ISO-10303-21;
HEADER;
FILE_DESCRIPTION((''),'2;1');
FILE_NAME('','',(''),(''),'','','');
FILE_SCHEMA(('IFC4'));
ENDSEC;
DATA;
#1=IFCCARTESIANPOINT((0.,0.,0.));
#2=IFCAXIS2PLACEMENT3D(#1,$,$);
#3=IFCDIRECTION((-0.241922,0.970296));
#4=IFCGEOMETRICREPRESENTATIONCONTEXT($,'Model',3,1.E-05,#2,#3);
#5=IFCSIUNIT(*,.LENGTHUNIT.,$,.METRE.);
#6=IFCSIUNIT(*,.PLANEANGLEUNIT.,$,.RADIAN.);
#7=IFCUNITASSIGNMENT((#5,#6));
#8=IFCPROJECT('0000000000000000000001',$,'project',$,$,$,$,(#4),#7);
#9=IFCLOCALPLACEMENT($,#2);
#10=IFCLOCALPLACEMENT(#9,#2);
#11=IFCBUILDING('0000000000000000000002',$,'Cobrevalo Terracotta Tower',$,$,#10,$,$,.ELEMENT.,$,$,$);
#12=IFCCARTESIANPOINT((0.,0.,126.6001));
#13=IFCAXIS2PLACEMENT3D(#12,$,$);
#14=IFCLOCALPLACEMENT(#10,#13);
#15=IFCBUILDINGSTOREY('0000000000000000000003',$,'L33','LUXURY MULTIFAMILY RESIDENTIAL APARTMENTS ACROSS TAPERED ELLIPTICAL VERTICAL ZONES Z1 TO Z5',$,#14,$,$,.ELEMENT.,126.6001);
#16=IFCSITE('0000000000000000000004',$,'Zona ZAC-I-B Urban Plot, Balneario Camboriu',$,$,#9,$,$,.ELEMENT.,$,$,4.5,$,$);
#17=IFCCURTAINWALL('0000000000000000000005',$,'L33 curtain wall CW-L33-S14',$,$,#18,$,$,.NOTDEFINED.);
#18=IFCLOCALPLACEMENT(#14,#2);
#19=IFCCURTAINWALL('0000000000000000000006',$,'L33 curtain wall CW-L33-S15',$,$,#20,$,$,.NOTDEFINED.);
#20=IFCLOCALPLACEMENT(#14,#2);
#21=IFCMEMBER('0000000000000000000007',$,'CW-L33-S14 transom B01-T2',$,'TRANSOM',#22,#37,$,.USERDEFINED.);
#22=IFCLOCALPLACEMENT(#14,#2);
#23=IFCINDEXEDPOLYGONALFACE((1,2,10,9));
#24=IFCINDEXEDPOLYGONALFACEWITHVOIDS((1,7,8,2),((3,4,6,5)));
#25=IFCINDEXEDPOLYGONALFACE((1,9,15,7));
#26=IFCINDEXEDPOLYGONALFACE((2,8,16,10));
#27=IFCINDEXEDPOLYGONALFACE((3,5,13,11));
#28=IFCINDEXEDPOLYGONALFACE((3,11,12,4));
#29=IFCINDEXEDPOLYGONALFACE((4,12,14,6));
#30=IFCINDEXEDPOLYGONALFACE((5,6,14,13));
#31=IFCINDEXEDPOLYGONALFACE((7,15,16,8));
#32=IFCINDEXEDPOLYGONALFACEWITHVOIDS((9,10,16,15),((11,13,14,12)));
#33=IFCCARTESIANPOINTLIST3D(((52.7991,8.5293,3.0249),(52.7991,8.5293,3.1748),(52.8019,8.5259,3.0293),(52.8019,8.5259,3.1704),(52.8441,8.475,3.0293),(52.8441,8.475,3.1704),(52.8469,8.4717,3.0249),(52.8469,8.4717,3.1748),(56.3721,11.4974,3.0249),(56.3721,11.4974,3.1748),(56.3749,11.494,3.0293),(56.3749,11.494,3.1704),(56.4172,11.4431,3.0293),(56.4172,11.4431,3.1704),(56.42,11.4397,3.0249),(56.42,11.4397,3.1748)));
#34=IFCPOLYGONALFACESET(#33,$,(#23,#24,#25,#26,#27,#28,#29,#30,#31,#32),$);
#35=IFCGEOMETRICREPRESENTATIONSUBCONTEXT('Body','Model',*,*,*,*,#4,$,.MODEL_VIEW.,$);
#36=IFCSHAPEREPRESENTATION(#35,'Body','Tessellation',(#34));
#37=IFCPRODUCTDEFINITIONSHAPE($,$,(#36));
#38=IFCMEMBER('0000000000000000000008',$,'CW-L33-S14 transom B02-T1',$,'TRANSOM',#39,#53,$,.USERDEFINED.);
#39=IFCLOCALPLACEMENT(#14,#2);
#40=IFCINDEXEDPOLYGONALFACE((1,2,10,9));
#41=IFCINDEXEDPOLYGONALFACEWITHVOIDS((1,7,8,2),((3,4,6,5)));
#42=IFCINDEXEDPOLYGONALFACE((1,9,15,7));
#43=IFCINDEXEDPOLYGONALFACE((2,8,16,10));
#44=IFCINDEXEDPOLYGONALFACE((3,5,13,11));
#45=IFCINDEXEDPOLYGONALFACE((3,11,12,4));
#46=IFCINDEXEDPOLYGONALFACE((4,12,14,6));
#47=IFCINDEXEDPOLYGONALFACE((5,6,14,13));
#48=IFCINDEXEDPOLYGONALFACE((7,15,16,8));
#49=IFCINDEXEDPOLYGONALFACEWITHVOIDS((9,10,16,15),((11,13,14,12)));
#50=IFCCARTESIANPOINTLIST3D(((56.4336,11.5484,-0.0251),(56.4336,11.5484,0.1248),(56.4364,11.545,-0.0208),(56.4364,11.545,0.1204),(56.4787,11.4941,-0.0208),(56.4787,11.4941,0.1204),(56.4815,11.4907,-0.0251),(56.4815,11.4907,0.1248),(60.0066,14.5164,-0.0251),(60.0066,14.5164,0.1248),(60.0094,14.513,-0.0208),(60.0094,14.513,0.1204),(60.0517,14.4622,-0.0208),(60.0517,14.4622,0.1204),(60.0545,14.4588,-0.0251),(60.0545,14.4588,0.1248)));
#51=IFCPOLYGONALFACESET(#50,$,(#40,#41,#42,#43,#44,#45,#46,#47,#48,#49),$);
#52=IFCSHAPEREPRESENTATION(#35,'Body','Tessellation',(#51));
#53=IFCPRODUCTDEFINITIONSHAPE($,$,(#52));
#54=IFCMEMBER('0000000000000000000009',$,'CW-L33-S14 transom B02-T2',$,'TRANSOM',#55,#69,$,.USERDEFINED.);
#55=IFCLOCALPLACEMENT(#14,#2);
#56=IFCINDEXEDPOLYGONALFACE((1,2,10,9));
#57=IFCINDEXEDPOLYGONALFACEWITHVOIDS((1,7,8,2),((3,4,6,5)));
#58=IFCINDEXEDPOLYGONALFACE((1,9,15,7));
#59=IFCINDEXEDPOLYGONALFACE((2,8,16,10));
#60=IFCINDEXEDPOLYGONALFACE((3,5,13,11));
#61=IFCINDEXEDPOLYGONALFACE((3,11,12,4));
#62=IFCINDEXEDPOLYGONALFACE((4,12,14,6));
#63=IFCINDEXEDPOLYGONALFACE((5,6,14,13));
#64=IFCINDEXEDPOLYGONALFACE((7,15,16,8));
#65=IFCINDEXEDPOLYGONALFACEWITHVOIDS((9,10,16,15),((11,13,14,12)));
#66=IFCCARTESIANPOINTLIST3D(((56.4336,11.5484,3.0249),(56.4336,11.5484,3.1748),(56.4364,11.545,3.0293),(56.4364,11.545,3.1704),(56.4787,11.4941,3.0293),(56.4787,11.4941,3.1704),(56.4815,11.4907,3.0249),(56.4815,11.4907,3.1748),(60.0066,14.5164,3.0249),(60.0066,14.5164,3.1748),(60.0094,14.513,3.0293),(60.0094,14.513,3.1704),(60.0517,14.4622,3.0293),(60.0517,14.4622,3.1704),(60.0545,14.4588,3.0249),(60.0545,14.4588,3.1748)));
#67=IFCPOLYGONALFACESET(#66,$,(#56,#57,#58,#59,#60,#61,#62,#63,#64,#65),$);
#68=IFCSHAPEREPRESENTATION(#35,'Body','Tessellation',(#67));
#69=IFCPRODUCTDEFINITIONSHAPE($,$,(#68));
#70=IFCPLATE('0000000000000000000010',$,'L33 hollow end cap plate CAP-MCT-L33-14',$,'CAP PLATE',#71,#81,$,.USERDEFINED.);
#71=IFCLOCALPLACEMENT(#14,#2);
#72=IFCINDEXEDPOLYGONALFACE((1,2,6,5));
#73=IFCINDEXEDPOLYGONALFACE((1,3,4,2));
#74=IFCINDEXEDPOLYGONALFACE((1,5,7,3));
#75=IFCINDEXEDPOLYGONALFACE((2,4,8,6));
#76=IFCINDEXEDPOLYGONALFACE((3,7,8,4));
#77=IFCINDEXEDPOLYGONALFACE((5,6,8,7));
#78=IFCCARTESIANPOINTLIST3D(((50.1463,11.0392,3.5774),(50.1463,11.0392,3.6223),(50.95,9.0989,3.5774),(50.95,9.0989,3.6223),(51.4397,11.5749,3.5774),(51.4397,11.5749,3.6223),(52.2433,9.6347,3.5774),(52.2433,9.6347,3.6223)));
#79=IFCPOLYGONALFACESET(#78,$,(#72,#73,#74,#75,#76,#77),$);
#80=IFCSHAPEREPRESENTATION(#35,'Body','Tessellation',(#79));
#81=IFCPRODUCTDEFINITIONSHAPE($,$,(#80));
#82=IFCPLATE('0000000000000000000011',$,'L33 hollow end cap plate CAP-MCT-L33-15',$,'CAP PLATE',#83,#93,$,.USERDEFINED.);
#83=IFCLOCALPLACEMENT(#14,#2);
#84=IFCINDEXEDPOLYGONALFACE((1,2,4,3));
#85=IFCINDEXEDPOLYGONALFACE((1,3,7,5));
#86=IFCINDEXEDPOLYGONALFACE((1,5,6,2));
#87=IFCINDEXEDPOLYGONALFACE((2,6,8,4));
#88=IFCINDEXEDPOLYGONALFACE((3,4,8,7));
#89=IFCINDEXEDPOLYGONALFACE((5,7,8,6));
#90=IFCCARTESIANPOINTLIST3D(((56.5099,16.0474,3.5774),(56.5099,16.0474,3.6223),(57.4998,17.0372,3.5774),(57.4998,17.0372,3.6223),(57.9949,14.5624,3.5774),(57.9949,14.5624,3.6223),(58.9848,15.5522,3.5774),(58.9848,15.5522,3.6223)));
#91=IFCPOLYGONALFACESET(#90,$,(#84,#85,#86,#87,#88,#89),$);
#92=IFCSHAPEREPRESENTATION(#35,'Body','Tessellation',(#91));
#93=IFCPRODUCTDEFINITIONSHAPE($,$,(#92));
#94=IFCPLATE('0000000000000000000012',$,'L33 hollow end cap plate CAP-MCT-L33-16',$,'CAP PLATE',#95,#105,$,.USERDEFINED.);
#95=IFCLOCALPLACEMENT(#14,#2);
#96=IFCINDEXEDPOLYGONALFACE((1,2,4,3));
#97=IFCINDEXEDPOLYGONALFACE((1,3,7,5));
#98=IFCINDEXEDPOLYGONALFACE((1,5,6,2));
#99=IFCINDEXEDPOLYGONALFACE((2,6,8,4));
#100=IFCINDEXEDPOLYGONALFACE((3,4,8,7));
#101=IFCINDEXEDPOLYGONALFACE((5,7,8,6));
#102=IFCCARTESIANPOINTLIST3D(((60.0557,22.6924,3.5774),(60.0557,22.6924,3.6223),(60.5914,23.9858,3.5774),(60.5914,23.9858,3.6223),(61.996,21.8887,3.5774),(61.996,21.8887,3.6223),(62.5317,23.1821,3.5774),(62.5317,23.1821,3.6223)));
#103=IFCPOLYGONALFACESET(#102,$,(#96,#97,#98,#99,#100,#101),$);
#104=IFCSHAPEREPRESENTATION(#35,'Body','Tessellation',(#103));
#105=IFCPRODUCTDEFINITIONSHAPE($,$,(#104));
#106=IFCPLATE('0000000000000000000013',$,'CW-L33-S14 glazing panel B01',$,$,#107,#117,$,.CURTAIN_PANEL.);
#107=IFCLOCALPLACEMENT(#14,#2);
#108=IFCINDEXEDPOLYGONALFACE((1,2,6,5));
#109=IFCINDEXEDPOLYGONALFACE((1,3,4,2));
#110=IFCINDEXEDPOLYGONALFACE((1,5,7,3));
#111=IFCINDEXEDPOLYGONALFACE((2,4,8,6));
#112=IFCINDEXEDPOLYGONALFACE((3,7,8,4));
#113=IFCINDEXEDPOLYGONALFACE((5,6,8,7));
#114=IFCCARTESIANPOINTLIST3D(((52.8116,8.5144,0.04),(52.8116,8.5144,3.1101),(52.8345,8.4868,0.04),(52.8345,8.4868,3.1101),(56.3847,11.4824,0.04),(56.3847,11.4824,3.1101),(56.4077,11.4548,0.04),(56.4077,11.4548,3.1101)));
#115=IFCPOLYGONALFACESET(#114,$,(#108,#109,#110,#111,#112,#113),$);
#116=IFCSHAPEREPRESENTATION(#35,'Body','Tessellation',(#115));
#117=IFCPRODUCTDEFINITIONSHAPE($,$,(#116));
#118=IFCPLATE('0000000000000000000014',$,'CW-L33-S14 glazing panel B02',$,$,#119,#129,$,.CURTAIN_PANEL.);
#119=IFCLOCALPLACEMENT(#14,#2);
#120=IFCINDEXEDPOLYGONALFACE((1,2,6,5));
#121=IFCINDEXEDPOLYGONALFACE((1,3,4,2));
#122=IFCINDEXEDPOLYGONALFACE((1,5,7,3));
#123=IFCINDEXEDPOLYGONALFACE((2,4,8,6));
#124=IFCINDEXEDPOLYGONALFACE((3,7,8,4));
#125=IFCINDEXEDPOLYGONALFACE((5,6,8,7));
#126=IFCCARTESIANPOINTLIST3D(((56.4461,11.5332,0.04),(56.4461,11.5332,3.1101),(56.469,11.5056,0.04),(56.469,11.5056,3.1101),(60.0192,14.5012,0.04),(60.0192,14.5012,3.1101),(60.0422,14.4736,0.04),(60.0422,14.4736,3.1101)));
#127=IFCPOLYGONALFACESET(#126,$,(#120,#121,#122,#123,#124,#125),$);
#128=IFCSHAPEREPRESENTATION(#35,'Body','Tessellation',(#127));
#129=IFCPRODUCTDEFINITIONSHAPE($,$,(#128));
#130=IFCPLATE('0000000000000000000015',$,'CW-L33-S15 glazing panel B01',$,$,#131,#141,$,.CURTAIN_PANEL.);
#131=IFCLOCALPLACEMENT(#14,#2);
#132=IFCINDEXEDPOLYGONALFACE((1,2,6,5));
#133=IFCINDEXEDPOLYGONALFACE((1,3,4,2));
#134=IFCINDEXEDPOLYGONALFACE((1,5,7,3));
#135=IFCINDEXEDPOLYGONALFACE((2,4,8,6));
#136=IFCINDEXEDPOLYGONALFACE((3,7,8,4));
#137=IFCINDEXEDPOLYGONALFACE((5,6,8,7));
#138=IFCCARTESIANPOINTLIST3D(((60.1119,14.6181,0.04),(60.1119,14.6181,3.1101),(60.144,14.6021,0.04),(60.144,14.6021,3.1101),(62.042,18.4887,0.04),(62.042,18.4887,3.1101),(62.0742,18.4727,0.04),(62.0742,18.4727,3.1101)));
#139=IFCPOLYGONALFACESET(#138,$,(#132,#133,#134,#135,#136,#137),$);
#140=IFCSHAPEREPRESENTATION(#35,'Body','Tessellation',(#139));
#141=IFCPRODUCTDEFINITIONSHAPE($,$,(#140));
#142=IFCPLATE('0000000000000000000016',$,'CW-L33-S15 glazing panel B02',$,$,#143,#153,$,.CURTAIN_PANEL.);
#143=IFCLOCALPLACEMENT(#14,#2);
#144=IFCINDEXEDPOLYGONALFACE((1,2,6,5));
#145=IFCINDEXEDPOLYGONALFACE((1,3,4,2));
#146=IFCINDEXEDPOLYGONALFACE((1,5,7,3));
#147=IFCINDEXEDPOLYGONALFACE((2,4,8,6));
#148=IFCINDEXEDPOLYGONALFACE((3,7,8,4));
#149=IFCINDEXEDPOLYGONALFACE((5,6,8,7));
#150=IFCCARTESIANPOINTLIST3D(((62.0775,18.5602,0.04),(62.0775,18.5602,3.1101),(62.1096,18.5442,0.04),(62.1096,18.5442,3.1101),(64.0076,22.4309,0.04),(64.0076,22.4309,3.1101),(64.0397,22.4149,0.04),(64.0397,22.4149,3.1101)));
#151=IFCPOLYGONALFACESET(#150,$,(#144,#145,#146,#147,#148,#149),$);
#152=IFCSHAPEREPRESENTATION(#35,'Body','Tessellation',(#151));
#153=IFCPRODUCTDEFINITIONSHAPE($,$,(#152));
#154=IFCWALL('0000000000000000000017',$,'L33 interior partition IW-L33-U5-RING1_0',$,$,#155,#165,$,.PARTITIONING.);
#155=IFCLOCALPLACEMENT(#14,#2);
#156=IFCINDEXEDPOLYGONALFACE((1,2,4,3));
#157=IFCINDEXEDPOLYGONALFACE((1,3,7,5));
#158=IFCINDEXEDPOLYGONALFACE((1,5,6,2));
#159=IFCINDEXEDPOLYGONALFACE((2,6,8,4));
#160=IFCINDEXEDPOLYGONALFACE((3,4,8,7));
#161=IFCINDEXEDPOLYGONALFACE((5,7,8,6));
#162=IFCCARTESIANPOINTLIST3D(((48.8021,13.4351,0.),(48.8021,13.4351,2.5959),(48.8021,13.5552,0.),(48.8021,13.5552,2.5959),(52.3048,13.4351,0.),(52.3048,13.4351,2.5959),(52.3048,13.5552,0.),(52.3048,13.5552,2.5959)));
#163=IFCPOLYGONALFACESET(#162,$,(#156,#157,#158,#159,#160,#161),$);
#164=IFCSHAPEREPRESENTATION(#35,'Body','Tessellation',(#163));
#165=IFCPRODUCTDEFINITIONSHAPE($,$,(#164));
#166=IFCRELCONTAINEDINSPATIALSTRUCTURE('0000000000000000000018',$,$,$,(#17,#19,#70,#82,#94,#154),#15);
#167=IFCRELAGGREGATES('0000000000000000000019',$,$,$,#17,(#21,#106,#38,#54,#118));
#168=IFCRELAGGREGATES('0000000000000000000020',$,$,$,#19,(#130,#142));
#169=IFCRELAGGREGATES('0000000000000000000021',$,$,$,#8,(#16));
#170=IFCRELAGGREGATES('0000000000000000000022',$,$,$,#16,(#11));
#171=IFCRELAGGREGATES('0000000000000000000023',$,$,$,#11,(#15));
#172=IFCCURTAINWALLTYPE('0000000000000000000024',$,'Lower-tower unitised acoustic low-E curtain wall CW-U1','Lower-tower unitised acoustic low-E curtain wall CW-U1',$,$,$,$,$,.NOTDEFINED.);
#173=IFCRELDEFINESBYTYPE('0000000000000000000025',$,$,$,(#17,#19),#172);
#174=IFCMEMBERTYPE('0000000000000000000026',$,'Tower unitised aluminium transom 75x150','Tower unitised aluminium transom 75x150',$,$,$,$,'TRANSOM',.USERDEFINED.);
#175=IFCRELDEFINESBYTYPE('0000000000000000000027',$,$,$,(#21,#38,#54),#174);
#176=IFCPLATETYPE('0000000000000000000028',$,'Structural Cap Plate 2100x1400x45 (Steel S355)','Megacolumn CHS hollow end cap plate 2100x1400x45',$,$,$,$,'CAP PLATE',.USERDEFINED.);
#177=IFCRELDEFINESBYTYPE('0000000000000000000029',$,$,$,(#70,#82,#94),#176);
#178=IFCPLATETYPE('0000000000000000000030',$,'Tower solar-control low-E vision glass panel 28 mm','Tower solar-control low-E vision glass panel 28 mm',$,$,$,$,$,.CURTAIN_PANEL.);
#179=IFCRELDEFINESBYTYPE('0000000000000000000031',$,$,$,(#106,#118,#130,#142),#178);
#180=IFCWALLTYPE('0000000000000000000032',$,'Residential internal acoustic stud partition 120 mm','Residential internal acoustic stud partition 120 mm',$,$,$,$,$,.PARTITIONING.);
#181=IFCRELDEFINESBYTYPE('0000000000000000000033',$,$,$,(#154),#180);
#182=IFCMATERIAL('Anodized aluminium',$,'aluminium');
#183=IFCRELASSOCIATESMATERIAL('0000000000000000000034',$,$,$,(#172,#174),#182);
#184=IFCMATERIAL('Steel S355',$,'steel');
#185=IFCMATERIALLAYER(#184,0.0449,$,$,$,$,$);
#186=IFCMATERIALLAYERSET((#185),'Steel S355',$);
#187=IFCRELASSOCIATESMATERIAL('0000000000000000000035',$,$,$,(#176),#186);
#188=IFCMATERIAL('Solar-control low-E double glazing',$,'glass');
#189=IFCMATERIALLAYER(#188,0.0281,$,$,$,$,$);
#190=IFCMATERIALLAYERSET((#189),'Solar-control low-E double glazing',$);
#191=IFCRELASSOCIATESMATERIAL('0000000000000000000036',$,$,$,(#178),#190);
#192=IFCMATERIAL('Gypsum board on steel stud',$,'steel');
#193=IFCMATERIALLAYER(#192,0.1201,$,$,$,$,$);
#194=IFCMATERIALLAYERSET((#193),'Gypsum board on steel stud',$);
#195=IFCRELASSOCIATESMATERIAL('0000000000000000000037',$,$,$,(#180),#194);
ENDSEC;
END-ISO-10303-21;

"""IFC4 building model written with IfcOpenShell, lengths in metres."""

from ifc_helpers import new_model, si_unit, direction, frame, frame_2d, origin, origin_2d, place, context, subcontext, project, spatial, rectangle, hollow_rectangle, extrude, source, transform, mapped, material, layer, layer_set, material_profile, profile_set, type_object, element, aggregate, save


model = new_model("IFC4")

# Units and contexts
model_context = context("Model", 3, precision=1e-05, world=origin(), true_north=direction((-0.241922, 0.970296)))
body_context = subcontext(model_context, "Body", "Model", "MODEL_VIEW")
ifc_project = project(units=[si_unit("LENGTHUNIT", "METRE"), si_unit("PLANEANGLEUNIT", "RADIAN")], contexts=[model_context])

# Site, building, storey
site_placement = place(None, origin())
site = spatial("IfcSite", under=ifc_project, at=site_placement, Name="Zona ZAC-I-B Urban Plot, Balneario Camboriu", CompositionType="ELEMENT", RefElevation=4.5)
building_placement = place(site_placement, origin())
building = spatial("IfcBuilding", under=site, at=building_placement, Name="Cobrevalo Terracotta Tower", CompositionType="ELEMENT")
storey_placement = place(building_placement, frame((0.0, 0.0, 126.6001)))
storey = spatial("IfcBuildingStorey", under=building, at=storey_placement, Name="L33", Description="LUXURY MULTIFAMILY RESIDENTIAL APARTMENTS ACROSS TAPERED ELLIPTICAL VERTICAL ZONES Z1 TO Z5", CompositionType="ELEMENT", Elevation=126.6001)

# Shared definitions
ifc_material_1 = material(Name="Steel S355", Category="steel")

# Curtain walls
ifc_material_2 = material(Name="Anodized aluminium", Category="aluminium")
curtain_wall_type = type_object("IfcCurtainWallType", Name="Lower-tower unitised acoustic low-E curtain wall CW-U1", Description="Lower-tower unitised acoustic low-E curtain wall CW-U1", PredefinedType="NOTDEFINED", material=ifc_material_2)
curtain_wall_1_placement = place(storey_placement, origin())
curtain_wall_1 = element("IfcCurtainWall", 1, at=curtain_wall_1_placement, inside=storey, type_object=curtain_wall_type, Name="L33 curtain wall CW-L33-S14", PredefinedType="NOTDEFINED")
curtain_wall_2_placement = place(storey_placement, origin())
curtain_wall_2 = element("IfcCurtainWall", 2, at=curtain_wall_2_placement, inside=storey, type_object=curtain_wall_type, Name="L33 curtain wall CW-L33-S15", PredefinedType="NOTDEFINED")
ifc_material_profile_1 = material_profile(ifc_material_2, hollow_rectangle(XDim=0.075, YDim=0.1499, WallThickness=0.0044, at=origin_2d()), Name="CWT 75x150")
ifc_profile_set_1 = profile_set([ifc_material_profile_1], Name="Anodized aluminium")
member_type_1 = type_object("IfcMemberType", Name="Tower unitised aluminium transom 75x150", Description="Tower unitised aluminium transom 75x150", ElementType="TRANSOM", PredefinedType="USERDEFINED", material=ifc_profile_set_1)

# Members
shared_shape_1 = source(origin(), body_context, "Body", "SweptSolid", [
    extrude(hollow_rectangle(XDim=0.075, YDim=0.1499, WallThickness=0.0044, at=origin_2d()), origin(), (0.0, 0.0, 1.0), 4.645),
])
member_1_placement = place(storey_placement, frame((52.823, 8.5005, 3.0999), z_axis=(0.769224, 0.638979, 0.0), x_axis=(-0.638979, 0.769224, 0.0)))
member_1 = element("IfcMember", 3, at=member_1_placement, type_object=member_type_1, Name="CW-L33-S14 transom B01-T2", ObjectType="TRANSOM", PredefinedType="USERDEFINED", context=body_context, shape_type="MappedRepresentation", body=[
    mapped(shared_shape_1, transform((0.0, 0.0, 0.0), scale=1.0)),
])
member_2_placement = place(storey_placement, frame((56.4575, 11.5195, 0.0498), z_axis=(0.769224, 0.638979, 0.0), x_axis=(-0.638979, 0.769224, 0.0)))
member_2 = element("IfcMember", 4, at=member_2_placement, type_object=member_type_1, Name="CW-L33-S14 transom B02-T1", ObjectType="TRANSOM", PredefinedType="USERDEFINED", context=body_context, shape_type="MappedRepresentation", body=[
    mapped(shared_shape_1, transform((0.0, 0.0, 0.0), scale=1.0)),
])
member_3_placement = place(storey_placement, frame((56.4575, 11.5195, 3.0999), z_axis=(0.769224, 0.638979, 0.0), x_axis=(-0.638979, 0.769224, 0.0)))
member_3 = element("IfcMember", 5, at=member_3_placement, type_object=member_type_1, Name="CW-L33-S14 transom B02-T2", ObjectType="TRANSOM", PredefinedType="USERDEFINED", context=body_context, shape_type="MappedRepresentation", body=[
    mapped(shared_shape_1, transform((0.0, 0.0, 0.0), scale=1.0)),
])

# Plates
ifc_layer_1 = layer(ifc_material_1, 0.0449)
ifc_layer_set_1 = layer_set([ifc_layer_1], Name="Steel S355")
plate_type_1 = type_object("IfcPlateType", Name="Structural Cap Plate 2100x1400x45 (Steel S355)", Description="Megacolumn CHS hollow end cap plate 2100x1400x45", ElementType="CAP PLATE", PredefinedType="USERDEFINED", material=ifc_layer_set_1)
shared_shape_2 = source(origin(), body_context, "Body", "SweptSolid", [
    extrude(rectangle(XDim=2.1001, YDim=1.3999, at=origin_2d()), origin(), (0.0, 0.0, 1.0), 0.0449),
])
for number, where, z_axis, x_axis, name in (
    (6, (51.1948, 10.3369, 3.5774), (0.0, 0.0, 1.0), (0.382683, -0.92388, 0.0), "L33 hollow end cap plate CAP-MCT-L33-14"),
    (7, (57.7473, 15.7998, 3.5774), (0.0, 0.0, 1.0), (0.707107, -0.707107, 0.0), "L33 hollow end cap plate CAP-MCT-L33-15"),
    (8, (61.2937, 22.9373, 3.5774), (0.0, 0.0, 1.0), (0.92388, -0.382683, 0.0), "L33 hollow end cap plate CAP-MCT-L33-16"),
):
    element("IfcPlate", number, at=place(storey_placement, frame(where, z_axis=z_axis, x_axis=x_axis)), inside=storey, type_object=plate_type_1, Name=name, ObjectType="CAP PLATE", PredefinedType="USERDEFINED", context=body_context, shape_type="MappedRepresentation", body=[
        mapped(shared_shape_2, transform((0.0, 0.0, 0.0), scale=1.0)),
    ])

# Plates
ifc_material_3 = material(Name="Solar-control low-E double glazing", Category="glass")
ifc_layer_2 = layer(ifc_material_3, 0.0281)
ifc_layer_set_2 = layer_set([ifc_layer_2], Name="Solar-control low-E double glazing")
plate_type_2 = type_object("IfcPlateType", Name="Tower solar-control low-E vision glass panel 28 mm", Description="Tower solar-control low-E vision glass panel 28 mm", PredefinedType="CURTAIN_PANEL", material=ifc_layer_set_2)
shared_shape_3 = source(origin(), body_context, "Body", "SweptSolid", [
    extrude(rectangle(XDim=4.645, YDim=0.0359, at=origin_2d()), origin(), (0.0, 0.0, 1.0), 3.0701),
])
plate_1_placement = place(storey_placement, frame((54.6096, 9.9846, 0.04), z_axis=(0.0, 0.0, 1.0), x_axis=(0.769241, 0.638958, 0.0)))
plate_1 = element("IfcPlate", 9, at=plate_1_placement, type_object=plate_type_2, Name="CW-L33-S14 glazing panel B01", PredefinedType="CURTAIN_PANEL", context=body_context, shape_type="MappedRepresentation", body=[
    mapped(shared_shape_3, transform((0.0, 0.0, 0.0), scale=1.0)),
])
plate_2_placement = place(storey_placement, frame((58.2441, 13.0034, 0.04), z_axis=(0.0, 0.0, 1.0), x_axis=(0.769241, 0.638958, 0.0)))
plate_2 = element("IfcPlate", 10, at=plate_2_placement, type_object=plate_type_2, Name="CW-L33-S14 glazing panel B02", PredefinedType="CURTAIN_PANEL", context=body_context, shape_type="MappedRepresentation", body=[
    mapped(shared_shape_3, transform((0.0, 0.0, 0.0), scale=1.0)),
])
aggregate(curtain_wall_1, [member_1, plate_1, member_2, member_3, plate_2])
shared_shape_4 = source(origin(), body_context, "Body", "SweptSolid", [
    extrude(rectangle(XDim=4.3252, YDim=0.0359, at=origin_2d()), origin(), (0.0, 0.0, 1.0), 3.0701),
])
plate_3_placement = place(storey_placement, frame((61.093, 16.5454, 0.04), z_axis=(0.0, 0.0, 1.0), x_axis=(0.446262, 0.894902, 0.0)))
plate_3 = element("IfcPlate", 11, at=plate_3_placement, type_object=plate_type_2, Name="CW-L33-S15 glazing panel B01", PredefinedType="CURTAIN_PANEL", context=body_context, shape_type="MappedRepresentation", body=[
    mapped(shared_shape_4, transform((0.0, 0.0, 0.0), scale=1.0)),
])
plate_4_placement = place(storey_placement, frame((63.0586, 20.4875, 0.04), z_axis=(0.0, 0.0, 1.0), x_axis=(0.446262, 0.894902, 0.0)))
plate_4 = element("IfcPlate", 12, at=plate_4_placement, type_object=plate_type_2, Name="CW-L33-S15 glazing panel B02", PredefinedType="CURTAIN_PANEL", context=body_context, shape_type="MappedRepresentation", body=[
    mapped(shared_shape_4, transform((0.0, 0.0, 0.0), scale=1.0)),
])
aggregate(curtain_wall_2, [plate_3, plate_4])

# Wall
ifc_material_4 = material(Name="Gypsum board on steel stud", Category="steel")
ifc_layer_3 = layer(ifc_material_4, 0.1201)
ifc_layer_set_3 = layer_set([ifc_layer_3], Name="Gypsum board on steel stud")
wall_type = type_object("IfcWallType", Name="Residential internal acoustic stud partition 120 mm", Description="Residential internal acoustic stud partition 120 mm", PredefinedType="PARTITIONING", material=ifc_layer_set_3)
wall_1_placement = place(storey_placement, frame((52.3049, 13.4951, 0.0), z_axis=(0.0, 0.0, 1.0), x_axis=(-1.0, 0.0, 0.0)))
element("IfcWall", 13, at=wall_1_placement, inside=storey, type_object=wall_type, Name="L33 interior partition IW-L33-U5-RING1_0", PredefinedType="PARTITIONING", context=body_context, shape_type="SweptSolid", body=[
    extrude(rectangle(XDim=3.5027, YDim=0.1201, at=frame_2d((1.7515, 0.0))), origin(), (0.0, 0.0, 1.0), 2.5959),
])

save(model, "model.ifc")
